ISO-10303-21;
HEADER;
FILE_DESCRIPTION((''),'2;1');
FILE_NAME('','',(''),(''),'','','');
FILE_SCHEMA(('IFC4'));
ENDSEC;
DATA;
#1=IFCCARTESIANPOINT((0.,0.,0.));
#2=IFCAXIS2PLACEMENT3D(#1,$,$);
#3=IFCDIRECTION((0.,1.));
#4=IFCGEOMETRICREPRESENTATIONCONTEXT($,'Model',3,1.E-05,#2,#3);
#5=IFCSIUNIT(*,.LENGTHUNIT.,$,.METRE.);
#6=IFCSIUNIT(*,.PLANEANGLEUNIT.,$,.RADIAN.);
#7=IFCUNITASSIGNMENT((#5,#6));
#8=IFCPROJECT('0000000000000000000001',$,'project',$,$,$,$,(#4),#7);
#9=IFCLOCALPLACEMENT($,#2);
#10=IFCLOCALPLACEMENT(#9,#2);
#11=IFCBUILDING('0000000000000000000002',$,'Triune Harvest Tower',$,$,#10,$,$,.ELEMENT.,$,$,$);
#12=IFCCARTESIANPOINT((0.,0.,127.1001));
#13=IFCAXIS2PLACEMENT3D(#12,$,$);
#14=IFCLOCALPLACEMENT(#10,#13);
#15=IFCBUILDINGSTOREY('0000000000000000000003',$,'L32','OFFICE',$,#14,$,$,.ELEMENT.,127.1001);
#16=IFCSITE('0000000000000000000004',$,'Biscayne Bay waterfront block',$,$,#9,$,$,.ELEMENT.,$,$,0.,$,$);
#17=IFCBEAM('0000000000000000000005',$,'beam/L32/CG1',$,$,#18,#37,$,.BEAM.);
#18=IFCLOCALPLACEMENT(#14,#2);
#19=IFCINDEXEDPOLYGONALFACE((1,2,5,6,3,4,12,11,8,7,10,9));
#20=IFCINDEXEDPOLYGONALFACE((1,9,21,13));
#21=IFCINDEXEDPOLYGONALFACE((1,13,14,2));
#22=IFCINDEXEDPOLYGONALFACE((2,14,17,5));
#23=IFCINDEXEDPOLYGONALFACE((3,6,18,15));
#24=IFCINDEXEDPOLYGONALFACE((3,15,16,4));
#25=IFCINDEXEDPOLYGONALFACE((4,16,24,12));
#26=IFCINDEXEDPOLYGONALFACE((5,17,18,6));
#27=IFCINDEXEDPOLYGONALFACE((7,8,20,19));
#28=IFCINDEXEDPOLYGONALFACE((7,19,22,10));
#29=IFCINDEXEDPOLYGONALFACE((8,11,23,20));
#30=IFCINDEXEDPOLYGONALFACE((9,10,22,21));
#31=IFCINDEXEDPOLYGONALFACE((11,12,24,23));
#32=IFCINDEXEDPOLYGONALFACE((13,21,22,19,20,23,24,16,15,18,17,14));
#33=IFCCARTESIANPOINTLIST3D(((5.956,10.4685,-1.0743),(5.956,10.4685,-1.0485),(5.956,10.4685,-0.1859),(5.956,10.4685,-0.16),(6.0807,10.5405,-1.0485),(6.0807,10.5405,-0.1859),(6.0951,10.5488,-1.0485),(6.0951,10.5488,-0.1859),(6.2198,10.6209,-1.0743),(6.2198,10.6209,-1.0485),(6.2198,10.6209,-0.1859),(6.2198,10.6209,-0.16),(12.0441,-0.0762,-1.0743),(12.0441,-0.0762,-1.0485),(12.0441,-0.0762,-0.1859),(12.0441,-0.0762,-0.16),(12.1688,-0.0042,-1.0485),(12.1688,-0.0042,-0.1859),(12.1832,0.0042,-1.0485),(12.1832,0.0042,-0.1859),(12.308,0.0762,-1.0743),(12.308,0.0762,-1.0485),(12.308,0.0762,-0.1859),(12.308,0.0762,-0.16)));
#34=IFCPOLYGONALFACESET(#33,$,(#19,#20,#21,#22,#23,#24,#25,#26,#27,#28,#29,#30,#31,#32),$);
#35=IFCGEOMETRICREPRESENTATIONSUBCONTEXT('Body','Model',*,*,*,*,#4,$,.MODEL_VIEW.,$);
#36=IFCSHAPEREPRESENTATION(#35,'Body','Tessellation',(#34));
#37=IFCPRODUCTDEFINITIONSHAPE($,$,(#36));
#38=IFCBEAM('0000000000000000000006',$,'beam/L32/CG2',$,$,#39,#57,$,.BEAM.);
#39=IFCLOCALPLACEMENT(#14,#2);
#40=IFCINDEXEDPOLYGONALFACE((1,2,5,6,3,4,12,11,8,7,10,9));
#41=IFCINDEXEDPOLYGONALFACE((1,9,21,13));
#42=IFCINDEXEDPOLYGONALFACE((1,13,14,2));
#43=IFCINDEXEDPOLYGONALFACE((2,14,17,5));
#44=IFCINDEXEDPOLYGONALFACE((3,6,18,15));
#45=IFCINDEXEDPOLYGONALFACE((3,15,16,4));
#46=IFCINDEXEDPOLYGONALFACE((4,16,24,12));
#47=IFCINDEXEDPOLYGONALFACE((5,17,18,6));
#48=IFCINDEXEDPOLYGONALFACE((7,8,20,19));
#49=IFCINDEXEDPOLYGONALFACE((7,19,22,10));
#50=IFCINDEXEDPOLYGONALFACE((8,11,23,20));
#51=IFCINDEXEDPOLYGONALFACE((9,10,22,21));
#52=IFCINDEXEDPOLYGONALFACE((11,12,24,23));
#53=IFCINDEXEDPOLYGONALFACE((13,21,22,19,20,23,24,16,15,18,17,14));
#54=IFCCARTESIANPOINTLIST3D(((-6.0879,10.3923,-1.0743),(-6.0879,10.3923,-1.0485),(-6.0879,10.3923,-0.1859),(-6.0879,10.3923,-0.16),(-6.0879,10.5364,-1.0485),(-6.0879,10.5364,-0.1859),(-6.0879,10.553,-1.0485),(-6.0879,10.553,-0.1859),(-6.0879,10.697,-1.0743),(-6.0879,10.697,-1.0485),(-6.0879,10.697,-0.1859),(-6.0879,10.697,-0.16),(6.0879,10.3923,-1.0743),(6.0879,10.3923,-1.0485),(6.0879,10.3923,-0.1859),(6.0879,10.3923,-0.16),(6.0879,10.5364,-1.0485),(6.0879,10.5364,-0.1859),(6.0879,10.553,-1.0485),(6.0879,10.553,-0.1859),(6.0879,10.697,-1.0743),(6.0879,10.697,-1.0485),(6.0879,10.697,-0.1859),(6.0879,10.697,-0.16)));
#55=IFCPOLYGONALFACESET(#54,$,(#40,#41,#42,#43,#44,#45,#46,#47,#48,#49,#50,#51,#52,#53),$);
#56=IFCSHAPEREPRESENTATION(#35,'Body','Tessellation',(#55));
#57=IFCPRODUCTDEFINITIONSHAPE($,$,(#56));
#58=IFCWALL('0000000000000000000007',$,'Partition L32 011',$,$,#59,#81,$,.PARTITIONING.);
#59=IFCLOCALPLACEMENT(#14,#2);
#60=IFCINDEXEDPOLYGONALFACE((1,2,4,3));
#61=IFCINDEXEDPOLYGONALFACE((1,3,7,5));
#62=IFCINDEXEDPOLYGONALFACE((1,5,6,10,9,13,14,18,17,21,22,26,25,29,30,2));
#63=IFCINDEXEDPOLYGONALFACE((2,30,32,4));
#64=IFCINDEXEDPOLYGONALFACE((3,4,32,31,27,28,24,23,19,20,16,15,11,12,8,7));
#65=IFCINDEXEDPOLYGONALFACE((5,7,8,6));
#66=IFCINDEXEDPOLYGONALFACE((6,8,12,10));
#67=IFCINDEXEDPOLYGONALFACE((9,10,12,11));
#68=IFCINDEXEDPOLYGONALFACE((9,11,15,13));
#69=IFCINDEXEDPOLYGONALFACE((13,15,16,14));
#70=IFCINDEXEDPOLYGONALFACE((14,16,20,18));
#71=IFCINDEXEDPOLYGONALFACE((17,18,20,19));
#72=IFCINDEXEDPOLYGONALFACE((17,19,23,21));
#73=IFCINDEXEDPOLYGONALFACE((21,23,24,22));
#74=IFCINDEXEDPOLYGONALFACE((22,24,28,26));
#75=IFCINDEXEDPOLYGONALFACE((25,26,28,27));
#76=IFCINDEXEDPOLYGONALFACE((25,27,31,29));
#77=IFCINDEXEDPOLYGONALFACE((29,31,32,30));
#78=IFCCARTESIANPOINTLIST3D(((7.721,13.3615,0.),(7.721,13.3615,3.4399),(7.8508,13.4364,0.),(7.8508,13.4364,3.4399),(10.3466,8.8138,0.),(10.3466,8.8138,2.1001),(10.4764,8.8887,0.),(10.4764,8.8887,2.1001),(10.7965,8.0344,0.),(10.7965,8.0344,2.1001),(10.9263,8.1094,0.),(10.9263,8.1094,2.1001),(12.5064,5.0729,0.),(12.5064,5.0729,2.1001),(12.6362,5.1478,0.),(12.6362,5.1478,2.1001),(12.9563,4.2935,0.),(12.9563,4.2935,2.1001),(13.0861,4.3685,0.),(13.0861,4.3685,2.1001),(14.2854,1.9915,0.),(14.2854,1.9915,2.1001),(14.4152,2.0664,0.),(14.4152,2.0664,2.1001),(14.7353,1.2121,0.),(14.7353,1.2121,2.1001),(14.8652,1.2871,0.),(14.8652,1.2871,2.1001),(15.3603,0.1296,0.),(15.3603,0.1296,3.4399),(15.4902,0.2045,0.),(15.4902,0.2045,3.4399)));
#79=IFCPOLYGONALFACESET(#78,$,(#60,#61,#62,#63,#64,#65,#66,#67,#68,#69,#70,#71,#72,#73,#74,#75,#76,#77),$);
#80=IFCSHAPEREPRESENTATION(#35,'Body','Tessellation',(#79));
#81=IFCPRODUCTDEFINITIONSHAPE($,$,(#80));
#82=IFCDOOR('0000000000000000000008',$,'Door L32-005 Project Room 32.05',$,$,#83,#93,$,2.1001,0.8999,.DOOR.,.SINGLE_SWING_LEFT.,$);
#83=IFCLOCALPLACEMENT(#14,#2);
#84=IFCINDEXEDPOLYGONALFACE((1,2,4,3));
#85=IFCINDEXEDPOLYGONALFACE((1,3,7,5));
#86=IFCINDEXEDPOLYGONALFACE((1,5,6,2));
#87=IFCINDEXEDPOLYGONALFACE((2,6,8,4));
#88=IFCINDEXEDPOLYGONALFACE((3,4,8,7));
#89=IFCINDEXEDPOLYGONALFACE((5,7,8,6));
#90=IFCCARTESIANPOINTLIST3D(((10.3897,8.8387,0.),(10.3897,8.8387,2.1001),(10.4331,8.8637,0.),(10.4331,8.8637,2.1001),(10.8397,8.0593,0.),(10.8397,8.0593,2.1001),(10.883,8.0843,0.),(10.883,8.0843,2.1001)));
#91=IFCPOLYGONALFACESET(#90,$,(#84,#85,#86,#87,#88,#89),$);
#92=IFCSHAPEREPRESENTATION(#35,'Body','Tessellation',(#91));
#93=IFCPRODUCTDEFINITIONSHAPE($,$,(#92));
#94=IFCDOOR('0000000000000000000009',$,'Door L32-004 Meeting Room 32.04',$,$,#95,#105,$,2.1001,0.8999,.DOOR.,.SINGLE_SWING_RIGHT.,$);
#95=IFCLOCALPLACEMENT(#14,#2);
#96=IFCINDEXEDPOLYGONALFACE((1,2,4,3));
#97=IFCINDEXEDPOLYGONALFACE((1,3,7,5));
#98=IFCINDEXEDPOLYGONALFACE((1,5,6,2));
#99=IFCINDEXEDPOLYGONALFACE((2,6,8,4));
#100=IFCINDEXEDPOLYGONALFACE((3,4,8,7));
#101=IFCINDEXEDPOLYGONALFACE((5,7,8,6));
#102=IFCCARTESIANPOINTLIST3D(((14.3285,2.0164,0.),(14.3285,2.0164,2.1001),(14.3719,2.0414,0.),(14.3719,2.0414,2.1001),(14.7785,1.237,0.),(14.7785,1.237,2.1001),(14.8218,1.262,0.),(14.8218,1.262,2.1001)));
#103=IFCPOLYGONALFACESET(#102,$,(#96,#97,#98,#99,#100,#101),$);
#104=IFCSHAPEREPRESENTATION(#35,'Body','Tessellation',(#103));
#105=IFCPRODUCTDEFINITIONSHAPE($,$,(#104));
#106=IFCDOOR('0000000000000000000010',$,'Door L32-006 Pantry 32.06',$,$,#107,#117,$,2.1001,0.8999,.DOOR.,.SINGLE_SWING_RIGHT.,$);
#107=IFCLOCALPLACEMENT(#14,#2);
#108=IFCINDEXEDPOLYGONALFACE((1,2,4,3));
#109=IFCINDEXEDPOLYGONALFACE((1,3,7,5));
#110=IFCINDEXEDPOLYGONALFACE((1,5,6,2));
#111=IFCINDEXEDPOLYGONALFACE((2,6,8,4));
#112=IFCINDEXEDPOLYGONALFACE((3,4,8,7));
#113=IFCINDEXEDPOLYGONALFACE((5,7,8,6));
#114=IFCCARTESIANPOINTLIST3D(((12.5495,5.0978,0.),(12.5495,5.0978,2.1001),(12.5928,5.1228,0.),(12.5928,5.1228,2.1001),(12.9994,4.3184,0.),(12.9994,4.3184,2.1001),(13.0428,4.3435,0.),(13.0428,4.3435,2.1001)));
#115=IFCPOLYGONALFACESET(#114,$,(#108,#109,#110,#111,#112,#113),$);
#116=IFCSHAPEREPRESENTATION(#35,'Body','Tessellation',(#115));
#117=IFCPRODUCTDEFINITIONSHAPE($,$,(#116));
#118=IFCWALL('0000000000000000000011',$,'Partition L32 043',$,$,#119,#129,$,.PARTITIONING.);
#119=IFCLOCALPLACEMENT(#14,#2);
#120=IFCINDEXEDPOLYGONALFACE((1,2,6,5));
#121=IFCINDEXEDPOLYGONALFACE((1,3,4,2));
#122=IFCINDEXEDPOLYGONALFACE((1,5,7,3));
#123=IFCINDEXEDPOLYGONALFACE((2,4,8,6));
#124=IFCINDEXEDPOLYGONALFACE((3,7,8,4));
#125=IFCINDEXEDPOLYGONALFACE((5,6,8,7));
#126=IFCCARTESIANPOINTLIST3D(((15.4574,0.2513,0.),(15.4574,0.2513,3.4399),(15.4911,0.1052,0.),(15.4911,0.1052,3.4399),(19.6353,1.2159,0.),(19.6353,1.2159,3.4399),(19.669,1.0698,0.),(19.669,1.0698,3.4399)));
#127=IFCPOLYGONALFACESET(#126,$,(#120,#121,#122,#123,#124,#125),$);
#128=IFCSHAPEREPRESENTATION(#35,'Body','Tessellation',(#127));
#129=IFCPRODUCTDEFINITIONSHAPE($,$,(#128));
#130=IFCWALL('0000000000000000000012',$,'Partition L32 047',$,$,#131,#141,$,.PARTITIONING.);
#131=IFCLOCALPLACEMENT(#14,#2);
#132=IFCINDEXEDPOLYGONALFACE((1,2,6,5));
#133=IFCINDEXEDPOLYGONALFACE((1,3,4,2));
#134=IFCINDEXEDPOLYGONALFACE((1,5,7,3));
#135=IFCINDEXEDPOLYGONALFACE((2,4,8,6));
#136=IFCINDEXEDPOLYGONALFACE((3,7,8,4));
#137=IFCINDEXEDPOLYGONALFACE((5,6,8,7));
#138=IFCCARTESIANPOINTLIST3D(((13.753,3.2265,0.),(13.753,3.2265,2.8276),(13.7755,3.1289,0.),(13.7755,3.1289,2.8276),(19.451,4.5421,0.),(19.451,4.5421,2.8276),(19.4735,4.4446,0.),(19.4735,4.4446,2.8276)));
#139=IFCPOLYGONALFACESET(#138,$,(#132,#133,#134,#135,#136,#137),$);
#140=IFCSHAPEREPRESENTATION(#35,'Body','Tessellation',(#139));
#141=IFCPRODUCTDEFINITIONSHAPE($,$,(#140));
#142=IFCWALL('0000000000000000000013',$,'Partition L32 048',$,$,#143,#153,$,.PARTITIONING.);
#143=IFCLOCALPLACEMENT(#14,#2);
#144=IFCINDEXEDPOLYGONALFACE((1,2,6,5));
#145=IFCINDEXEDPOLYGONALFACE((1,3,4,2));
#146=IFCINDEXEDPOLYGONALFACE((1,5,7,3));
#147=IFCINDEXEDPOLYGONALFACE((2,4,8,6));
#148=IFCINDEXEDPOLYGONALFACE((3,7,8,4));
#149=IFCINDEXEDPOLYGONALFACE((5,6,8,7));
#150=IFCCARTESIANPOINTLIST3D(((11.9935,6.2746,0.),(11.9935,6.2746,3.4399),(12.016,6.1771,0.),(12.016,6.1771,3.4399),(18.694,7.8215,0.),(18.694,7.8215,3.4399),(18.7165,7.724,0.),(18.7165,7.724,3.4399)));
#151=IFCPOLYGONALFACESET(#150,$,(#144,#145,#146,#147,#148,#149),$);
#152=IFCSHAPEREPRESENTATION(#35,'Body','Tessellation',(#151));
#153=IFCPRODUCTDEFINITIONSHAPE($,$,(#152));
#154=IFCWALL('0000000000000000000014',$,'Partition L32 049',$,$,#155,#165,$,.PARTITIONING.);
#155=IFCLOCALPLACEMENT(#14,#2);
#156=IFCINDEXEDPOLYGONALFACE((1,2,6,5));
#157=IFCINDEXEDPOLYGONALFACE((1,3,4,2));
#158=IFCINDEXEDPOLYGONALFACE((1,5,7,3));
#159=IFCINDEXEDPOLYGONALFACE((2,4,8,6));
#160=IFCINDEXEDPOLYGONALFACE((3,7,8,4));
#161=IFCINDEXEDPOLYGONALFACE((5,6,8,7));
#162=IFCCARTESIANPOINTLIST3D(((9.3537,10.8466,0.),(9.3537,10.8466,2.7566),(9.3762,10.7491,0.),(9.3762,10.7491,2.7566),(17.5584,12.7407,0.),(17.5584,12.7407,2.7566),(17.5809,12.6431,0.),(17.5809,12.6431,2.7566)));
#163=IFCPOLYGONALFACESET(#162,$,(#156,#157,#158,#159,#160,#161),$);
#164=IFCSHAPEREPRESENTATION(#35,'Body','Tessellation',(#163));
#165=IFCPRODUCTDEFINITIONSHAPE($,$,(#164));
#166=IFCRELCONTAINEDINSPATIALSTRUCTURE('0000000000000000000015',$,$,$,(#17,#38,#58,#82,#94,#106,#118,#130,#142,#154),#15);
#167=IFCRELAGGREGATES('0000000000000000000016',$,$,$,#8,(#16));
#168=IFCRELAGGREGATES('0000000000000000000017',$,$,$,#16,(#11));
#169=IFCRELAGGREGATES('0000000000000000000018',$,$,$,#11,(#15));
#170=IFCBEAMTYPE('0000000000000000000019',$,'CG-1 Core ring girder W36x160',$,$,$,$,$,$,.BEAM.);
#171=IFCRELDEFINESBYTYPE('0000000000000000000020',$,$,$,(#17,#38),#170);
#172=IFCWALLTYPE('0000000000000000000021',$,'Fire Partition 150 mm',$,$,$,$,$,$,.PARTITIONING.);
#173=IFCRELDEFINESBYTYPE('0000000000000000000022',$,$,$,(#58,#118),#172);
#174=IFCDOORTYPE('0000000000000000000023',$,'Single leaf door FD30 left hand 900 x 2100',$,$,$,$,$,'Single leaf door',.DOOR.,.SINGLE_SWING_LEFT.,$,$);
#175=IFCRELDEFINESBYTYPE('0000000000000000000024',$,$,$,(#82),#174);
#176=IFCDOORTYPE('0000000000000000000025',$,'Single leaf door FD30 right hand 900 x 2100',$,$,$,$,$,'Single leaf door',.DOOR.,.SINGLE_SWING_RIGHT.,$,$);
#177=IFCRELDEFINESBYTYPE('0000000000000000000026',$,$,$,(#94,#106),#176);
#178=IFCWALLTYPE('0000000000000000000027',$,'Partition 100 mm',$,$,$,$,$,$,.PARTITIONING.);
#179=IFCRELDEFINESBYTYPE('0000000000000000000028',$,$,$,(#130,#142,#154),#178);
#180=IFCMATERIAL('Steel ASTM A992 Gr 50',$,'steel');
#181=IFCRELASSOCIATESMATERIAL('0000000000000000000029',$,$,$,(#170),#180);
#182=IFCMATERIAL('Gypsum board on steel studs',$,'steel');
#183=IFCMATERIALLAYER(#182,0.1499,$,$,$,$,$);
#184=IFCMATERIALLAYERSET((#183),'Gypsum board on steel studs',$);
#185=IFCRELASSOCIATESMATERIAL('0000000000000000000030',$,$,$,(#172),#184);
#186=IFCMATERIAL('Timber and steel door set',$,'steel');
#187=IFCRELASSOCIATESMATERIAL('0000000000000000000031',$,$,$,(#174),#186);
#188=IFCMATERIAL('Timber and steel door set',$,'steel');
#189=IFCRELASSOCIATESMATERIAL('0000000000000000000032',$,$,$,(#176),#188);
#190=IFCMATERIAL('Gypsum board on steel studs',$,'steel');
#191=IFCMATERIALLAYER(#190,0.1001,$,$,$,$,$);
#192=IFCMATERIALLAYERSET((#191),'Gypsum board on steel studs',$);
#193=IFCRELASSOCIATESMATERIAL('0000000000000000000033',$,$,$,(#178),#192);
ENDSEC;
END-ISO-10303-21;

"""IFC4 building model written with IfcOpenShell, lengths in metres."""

from ifc_helpers import new_model, si_unit, direction, frame, frame_2d, origin, origin_2d, place, context, subcontext, project, spatial, rectangle, i_section, extrude, source, transform, mapped, material, layer, layer_set, material_profile, profile_set, type_object, element, fill, save


model = new_model("IFC4")

# Units and contexts
model_context = context("Model", 3, precision=1e-05, world=origin(), true_north=direction((0.0, 1.0)))
body_context = subcontext(model_context, "Body", "Model", "MODEL_VIEW")
ifc_project = project(units=[si_unit("LENGTHUNIT", "METRE"), si_unit("PLANEANGLEUNIT", "RADIAN")], contexts=[model_context])

# Site, building, storey
site_placement = place(None, origin())
site = spatial("IfcSite", under=ifc_project, at=site_placement, Name="Biscayne Bay waterfront block", CompositionType="ELEMENT", RefElevation=0.0)
building_placement = place(site_placement, origin())
building = spatial("IfcBuilding", under=site, at=building_placement, Name="Triune Harvest Tower", CompositionType="ELEMENT")
storey_placement = place(building_placement, frame((0.0, 0.0, 127.1001)))
storey = spatial("IfcBuildingStorey", under=building, at=storey_placement, Name="L32", Description="OFFICE", CompositionType="ELEMENT", Elevation=127.1001)

# Beams
ifc_material_1 = material(Name="Steel ASTM A992 Gr 50", Category="steel")
ifc_material_profile = material_profile(ifc_material_1, i_section(OverallWidth=0.3047, OverallDepth=0.9143, WebThickness=0.0166, FlangeThickness=0.0259, at=origin_2d()), Name="W36x160")
ifc_profile_set = profile_set([ifc_material_profile], Name="Steel ASTM A992 Gr 50")
beam_type = type_object("IfcBeamType", Name="CG-1 Core ring girder W36x160", PredefinedType="BEAM", material=ifc_profile_set)
shared_shape_1 = source(origin(), body_context, "Body", "SweptSolid", [
    extrude(i_section(OverallWidth=0.3047, OverallDepth=0.9143, WebThickness=0.0166, FlangeThickness=0.0259, at=origin_2d()), origin(), (0.0, 0.0, 1.0), 12.176),
])
beam_1_placement = place(storey_placement, frame((12.176, 0.0, -0.6172), z_axis=(-0.50001, 0.86602, 0.0), x_axis=(-0.86602, -0.50001, 0.0)))
element("IfcBeam", 1, at=beam_1_placement, inside=storey, type_object=beam_type, Name="beam/L32/CG1", PredefinedType="BEAM", context=body_context, shape_type="MappedRepresentation", body=[
    mapped(shared_shape_1, transform((0.0, 0.0, 0.0), scale=1.0)),
])
shared_shape_2 = source(origin(), body_context, "Body", "SweptSolid", [
    extrude(i_section(OverallWidth=0.3047, OverallDepth=0.9143, WebThickness=0.0166, FlangeThickness=0.0259, at=origin_2d()), origin(), (0.0, 0.0, 1.0), 12.1758),
])
beam_2_placement = place(storey_placement, frame((6.0879, 10.5447, -0.6172), z_axis=(-1.0, 0.0, 0.0), x_axis=(0.0, -1.0, 0.0)))
element("IfcBeam", 2, at=beam_2_placement, inside=storey, type_object=beam_type, Name="beam/L32/CG2", PredefinedType="BEAM", context=body_context, shape_type="MappedRepresentation", body=[
    mapped(shared_shape_2, transform((0.0, 0.0, 0.0), scale=1.0)),
])

# Wall, openings, doors
ifc_material_2 = material(Name="Gypsum board on steel studs", Category="steel")
ifc_layer_1 = layer(ifc_material_2, 0.1499)
ifc_layer_set_1 = layer_set([ifc_layer_1], Name="Gypsum board on steel studs")
wall_type_1 = type_object("IfcWallType", Name="Fire Partition 150 mm", PredefinedType="PARTITIONING", material=ifc_layer_set_1)
wall_1_placement = place(storey_placement, frame((7.7859, 13.3989, 0.0), z_axis=(0.0, 0.0, 1.0), x_axis=(0.499997, -0.866027, 0.0)))
wall_1 = element("IfcWall", 3, at=wall_1_placement, inside=storey, type_object=wall_type_1, Name="Partition L32 011", PredefinedType="PARTITIONING", context=body_context, shape_type="SweptSolid", body=[
    extrude(rectangle(XDim=15.2788, YDim=0.1499, at=frame_2d((7.6394, 0.0))), origin(), (0.0, 0.0, 1.0), 3.4399),
])
opening_1_placement = place(wall_1_placement, frame((13.1289, 0.0, 0.0)))
opening_1 = element("IfcOpeningElement", 4, at=opening_1_placement, cuts=wall_1, PredefinedType="OPENING", context=body_context, shape_type="SweptSolid", body=[
    extrude(rectangle(XDim=0.8999, YDim=2.1001, at=frame_2d((0.45, 1.05))), frame((0.0, 0.085, 0.0), z_axis=(0.0, -1.0, 0.0), x_axis=(1.0, 0.0, 0.0)), (0.0, 0.0, 1.0), 0.1699),
])
opening_2_placement = place(wall_1_placement, frame((5.2512, 0.0, 0.0)))
opening_2 = element("IfcOpeningElement", 5, at=opening_2_placement, cuts=wall_1, PredefinedType="OPENING", context=body_context, shape_type="SweptSolid", body=[
    extrude(rectangle(XDim=0.8999, YDim=2.1001, at=frame_2d((0.45, 1.05))), frame((0.0, 0.085, 0.0), z_axis=(0.0, -1.0, 0.0), x_axis=(1.0, 0.0, 0.0)), (0.0, 0.0, 1.0), 0.1699),
])
opening_3_placement = place(wall_1_placement, frame((9.5708, 0.0, 0.0)))
opening_3 = element("IfcOpeningElement", 6, at=opening_3_placement, cuts=wall_1, PredefinedType="OPENING", context=body_context, shape_type="SweptSolid", body=[
    extrude(rectangle(XDim=0.8999, YDim=2.1001, at=frame_2d((0.45, 1.05))), frame((0.0, 0.085, 0.0), z_axis=(0.0, -1.0, 0.0), x_axis=(1.0, 0.0, 0.0)), (0.0, 0.0, 1.0), 0.1699),
])
ifc_material_3 = material(Name="Timber and steel door set", Category="steel")
door_type_1 = type_object("IfcDoorType", Name="Single leaf door FD30 left hand 900 x 2100", ElementType="Single leaf door", OperationType="SINGLE_SWING_LEFT", PredefinedType="DOOR", material=ifc_material_3)
door_1_placement = place(opening_2_placement, origin())
door_1 = element("IfcDoor", 7, at=door_1_placement, inside=storey, type_object=door_type_1, Name="Door L32-005 Project Room 32.05", OperationType="SINGLE_SWING_LEFT", OverallHeight=2.1001, OverallWidth=0.8999, PredefinedType="DOOR", context=body_context, shape_type="SweptSolid", body=[
    extrude(rectangle(XDim=0.8999, YDim=2.1001, at=frame_2d((0.45, 1.05))), frame((0.0, 0.0249, 0.0), z_axis=(0.0, -1.0, 0.0), x_axis=(1.0, 0.0, 0.0)), (0.0, 0.0, 1.0), 0.05),
])
fill(opening_2, door_1)
ifc_material_4 = material(Name="Timber and steel door set", Category="steel")
door_type_2 = type_object("IfcDoorType", Name="Single leaf door FD30 right hand 900 x 2100", ElementType="Single leaf door", OperationType="SINGLE_SWING_RIGHT", PredefinedType="DOOR", material=ifc_material_4)
door_2_placement = place(opening_1_placement, origin())
door_2 = element("IfcDoor", 8, at=door_2_placement, inside=storey, type_object=door_type_2, Name="Door L32-004 Meeting Room 32.04", OperationType="SINGLE_SWING_RIGHT", OverallHeight=2.1001, OverallWidth=0.8999, PredefinedType="DOOR", context=body_context, shape_type="SweptSolid", body=[
    extrude(rectangle(XDim=0.8999, YDim=2.1001, at=frame_2d((0.45, 1.05))), frame((0.0, 0.0249, 0.0), z_axis=(0.0, -1.0, 0.0), x_axis=(1.0, 0.0, 0.0)), (0.0, 0.0, 1.0), 0.05),
])
fill(opening_1, door_2)
door_3_placement = place(opening_3_placement, origin())
door_3 = element("IfcDoor", 9, at=door_3_placement, inside=storey, type_object=door_type_2, Name="Door L32-006 Pantry 32.06", OperationType="SINGLE_SWING_RIGHT", OverallHeight=2.1001, OverallWidth=0.8999, PredefinedType="DOOR", context=body_context, shape_type="SweptSolid", body=[
    extrude(rectangle(XDim=0.8999, YDim=2.1001, at=frame_2d((0.45, 1.05))), frame((0.0, 0.0249, 0.0), z_axis=(0.0, -1.0, 0.0), x_axis=(1.0, 0.0, 0.0)), (0.0, 0.0, 1.0), 0.05),
])
fill(opening_3, door_3)

# Walls
wall_2_placement = place(storey_placement, frame((15.4741, 0.1782, 0.0), z_axis=(0.0, 0.0, 1.0), x_axis=(0.974368, 0.224959, 0.0)))
element("IfcWall", 10, at=wall_2_placement, inside=storey, type_object=wall_type_1, Name="Partition L32 043", PredefinedType="PARTITIONING", context=body_context, shape_type="SweptSolid", body=[
    extrude(rectangle(XDim=4.2878, YDim=0.1499, at=frame_2d((2.144, 0.0))), origin(), (0.0, 0.0, 1.0), 3.4399),
])
ifc_material_5 = material(Name="Gypsum board on steel studs", Category="steel")
ifc_layer_2 = layer(ifc_material_5, 0.1001)
ifc_layer_set_2 = layer_set([ifc_layer_2], Name="Gypsum board on steel studs")
wall_type_2 = type_object("IfcWallType", Name="Partition 100 mm", PredefinedType="PARTITIONING", material=ifc_layer_set_2)
wall_3_placement = place(storey_placement, frame((13.7644, 3.1777, 0.0), z_axis=(0.0, 0.0, 1.0), x_axis=(0.974363, 0.224981, 0.0)))
element("IfcWall", 11, at=wall_3_placement, inside=storey, type_object=wall_type_2, Name="Partition L32 047", PredefinedType="PARTITIONING", context=body_context, shape_type="SweptSolid", body=[
    extrude(rectangle(XDim=5.8479, YDim=0.1001, at=frame_2d((2.9238, 0.0))), origin(), (0.0, 0.0, 1.0), 2.8276),
])
wall_4_placement = place(storey_placement, frame((12.0046, 6.2258, 0.0), z_axis=(0.0, 0.0, 1.0), x_axis=(0.974371, 0.224945, 0.0)))
element("IfcWall", 12, at=wall_4_placement, inside=storey, type_object=wall_type_2, Name="Partition L32 048", PredefinedType="PARTITIONING", context=body_context, shape_type="SweptSolid", body=[
    extrude(rectangle(XDim=6.8767, YDim=0.1001, at=frame_2d((3.4385, 0.0))), origin(), (0.0, 0.0, 1.0), 3.4399),
])
wall_5_placement = place(storey_placement, frame((9.365, 10.7979, 0.0), z_axis=(0.0, 0.0, 1.0), x_axis=(0.974374, 0.224936, 0.0)))
element("IfcWall", 13, at=wall_5_placement, inside=storey, type_object=wall_type_2, Name="Partition L32 049", PredefinedType="PARTITIONING", context=body_context, shape_type="SweptSolid", body=[
    extrude(rectangle(XDim=8.4204, YDim=0.1001, at=frame_2d((4.2102, 0.0))), origin(), (0.0, 0.0, 1.0), 2.7566),
])

save(model, "model.ifc")
